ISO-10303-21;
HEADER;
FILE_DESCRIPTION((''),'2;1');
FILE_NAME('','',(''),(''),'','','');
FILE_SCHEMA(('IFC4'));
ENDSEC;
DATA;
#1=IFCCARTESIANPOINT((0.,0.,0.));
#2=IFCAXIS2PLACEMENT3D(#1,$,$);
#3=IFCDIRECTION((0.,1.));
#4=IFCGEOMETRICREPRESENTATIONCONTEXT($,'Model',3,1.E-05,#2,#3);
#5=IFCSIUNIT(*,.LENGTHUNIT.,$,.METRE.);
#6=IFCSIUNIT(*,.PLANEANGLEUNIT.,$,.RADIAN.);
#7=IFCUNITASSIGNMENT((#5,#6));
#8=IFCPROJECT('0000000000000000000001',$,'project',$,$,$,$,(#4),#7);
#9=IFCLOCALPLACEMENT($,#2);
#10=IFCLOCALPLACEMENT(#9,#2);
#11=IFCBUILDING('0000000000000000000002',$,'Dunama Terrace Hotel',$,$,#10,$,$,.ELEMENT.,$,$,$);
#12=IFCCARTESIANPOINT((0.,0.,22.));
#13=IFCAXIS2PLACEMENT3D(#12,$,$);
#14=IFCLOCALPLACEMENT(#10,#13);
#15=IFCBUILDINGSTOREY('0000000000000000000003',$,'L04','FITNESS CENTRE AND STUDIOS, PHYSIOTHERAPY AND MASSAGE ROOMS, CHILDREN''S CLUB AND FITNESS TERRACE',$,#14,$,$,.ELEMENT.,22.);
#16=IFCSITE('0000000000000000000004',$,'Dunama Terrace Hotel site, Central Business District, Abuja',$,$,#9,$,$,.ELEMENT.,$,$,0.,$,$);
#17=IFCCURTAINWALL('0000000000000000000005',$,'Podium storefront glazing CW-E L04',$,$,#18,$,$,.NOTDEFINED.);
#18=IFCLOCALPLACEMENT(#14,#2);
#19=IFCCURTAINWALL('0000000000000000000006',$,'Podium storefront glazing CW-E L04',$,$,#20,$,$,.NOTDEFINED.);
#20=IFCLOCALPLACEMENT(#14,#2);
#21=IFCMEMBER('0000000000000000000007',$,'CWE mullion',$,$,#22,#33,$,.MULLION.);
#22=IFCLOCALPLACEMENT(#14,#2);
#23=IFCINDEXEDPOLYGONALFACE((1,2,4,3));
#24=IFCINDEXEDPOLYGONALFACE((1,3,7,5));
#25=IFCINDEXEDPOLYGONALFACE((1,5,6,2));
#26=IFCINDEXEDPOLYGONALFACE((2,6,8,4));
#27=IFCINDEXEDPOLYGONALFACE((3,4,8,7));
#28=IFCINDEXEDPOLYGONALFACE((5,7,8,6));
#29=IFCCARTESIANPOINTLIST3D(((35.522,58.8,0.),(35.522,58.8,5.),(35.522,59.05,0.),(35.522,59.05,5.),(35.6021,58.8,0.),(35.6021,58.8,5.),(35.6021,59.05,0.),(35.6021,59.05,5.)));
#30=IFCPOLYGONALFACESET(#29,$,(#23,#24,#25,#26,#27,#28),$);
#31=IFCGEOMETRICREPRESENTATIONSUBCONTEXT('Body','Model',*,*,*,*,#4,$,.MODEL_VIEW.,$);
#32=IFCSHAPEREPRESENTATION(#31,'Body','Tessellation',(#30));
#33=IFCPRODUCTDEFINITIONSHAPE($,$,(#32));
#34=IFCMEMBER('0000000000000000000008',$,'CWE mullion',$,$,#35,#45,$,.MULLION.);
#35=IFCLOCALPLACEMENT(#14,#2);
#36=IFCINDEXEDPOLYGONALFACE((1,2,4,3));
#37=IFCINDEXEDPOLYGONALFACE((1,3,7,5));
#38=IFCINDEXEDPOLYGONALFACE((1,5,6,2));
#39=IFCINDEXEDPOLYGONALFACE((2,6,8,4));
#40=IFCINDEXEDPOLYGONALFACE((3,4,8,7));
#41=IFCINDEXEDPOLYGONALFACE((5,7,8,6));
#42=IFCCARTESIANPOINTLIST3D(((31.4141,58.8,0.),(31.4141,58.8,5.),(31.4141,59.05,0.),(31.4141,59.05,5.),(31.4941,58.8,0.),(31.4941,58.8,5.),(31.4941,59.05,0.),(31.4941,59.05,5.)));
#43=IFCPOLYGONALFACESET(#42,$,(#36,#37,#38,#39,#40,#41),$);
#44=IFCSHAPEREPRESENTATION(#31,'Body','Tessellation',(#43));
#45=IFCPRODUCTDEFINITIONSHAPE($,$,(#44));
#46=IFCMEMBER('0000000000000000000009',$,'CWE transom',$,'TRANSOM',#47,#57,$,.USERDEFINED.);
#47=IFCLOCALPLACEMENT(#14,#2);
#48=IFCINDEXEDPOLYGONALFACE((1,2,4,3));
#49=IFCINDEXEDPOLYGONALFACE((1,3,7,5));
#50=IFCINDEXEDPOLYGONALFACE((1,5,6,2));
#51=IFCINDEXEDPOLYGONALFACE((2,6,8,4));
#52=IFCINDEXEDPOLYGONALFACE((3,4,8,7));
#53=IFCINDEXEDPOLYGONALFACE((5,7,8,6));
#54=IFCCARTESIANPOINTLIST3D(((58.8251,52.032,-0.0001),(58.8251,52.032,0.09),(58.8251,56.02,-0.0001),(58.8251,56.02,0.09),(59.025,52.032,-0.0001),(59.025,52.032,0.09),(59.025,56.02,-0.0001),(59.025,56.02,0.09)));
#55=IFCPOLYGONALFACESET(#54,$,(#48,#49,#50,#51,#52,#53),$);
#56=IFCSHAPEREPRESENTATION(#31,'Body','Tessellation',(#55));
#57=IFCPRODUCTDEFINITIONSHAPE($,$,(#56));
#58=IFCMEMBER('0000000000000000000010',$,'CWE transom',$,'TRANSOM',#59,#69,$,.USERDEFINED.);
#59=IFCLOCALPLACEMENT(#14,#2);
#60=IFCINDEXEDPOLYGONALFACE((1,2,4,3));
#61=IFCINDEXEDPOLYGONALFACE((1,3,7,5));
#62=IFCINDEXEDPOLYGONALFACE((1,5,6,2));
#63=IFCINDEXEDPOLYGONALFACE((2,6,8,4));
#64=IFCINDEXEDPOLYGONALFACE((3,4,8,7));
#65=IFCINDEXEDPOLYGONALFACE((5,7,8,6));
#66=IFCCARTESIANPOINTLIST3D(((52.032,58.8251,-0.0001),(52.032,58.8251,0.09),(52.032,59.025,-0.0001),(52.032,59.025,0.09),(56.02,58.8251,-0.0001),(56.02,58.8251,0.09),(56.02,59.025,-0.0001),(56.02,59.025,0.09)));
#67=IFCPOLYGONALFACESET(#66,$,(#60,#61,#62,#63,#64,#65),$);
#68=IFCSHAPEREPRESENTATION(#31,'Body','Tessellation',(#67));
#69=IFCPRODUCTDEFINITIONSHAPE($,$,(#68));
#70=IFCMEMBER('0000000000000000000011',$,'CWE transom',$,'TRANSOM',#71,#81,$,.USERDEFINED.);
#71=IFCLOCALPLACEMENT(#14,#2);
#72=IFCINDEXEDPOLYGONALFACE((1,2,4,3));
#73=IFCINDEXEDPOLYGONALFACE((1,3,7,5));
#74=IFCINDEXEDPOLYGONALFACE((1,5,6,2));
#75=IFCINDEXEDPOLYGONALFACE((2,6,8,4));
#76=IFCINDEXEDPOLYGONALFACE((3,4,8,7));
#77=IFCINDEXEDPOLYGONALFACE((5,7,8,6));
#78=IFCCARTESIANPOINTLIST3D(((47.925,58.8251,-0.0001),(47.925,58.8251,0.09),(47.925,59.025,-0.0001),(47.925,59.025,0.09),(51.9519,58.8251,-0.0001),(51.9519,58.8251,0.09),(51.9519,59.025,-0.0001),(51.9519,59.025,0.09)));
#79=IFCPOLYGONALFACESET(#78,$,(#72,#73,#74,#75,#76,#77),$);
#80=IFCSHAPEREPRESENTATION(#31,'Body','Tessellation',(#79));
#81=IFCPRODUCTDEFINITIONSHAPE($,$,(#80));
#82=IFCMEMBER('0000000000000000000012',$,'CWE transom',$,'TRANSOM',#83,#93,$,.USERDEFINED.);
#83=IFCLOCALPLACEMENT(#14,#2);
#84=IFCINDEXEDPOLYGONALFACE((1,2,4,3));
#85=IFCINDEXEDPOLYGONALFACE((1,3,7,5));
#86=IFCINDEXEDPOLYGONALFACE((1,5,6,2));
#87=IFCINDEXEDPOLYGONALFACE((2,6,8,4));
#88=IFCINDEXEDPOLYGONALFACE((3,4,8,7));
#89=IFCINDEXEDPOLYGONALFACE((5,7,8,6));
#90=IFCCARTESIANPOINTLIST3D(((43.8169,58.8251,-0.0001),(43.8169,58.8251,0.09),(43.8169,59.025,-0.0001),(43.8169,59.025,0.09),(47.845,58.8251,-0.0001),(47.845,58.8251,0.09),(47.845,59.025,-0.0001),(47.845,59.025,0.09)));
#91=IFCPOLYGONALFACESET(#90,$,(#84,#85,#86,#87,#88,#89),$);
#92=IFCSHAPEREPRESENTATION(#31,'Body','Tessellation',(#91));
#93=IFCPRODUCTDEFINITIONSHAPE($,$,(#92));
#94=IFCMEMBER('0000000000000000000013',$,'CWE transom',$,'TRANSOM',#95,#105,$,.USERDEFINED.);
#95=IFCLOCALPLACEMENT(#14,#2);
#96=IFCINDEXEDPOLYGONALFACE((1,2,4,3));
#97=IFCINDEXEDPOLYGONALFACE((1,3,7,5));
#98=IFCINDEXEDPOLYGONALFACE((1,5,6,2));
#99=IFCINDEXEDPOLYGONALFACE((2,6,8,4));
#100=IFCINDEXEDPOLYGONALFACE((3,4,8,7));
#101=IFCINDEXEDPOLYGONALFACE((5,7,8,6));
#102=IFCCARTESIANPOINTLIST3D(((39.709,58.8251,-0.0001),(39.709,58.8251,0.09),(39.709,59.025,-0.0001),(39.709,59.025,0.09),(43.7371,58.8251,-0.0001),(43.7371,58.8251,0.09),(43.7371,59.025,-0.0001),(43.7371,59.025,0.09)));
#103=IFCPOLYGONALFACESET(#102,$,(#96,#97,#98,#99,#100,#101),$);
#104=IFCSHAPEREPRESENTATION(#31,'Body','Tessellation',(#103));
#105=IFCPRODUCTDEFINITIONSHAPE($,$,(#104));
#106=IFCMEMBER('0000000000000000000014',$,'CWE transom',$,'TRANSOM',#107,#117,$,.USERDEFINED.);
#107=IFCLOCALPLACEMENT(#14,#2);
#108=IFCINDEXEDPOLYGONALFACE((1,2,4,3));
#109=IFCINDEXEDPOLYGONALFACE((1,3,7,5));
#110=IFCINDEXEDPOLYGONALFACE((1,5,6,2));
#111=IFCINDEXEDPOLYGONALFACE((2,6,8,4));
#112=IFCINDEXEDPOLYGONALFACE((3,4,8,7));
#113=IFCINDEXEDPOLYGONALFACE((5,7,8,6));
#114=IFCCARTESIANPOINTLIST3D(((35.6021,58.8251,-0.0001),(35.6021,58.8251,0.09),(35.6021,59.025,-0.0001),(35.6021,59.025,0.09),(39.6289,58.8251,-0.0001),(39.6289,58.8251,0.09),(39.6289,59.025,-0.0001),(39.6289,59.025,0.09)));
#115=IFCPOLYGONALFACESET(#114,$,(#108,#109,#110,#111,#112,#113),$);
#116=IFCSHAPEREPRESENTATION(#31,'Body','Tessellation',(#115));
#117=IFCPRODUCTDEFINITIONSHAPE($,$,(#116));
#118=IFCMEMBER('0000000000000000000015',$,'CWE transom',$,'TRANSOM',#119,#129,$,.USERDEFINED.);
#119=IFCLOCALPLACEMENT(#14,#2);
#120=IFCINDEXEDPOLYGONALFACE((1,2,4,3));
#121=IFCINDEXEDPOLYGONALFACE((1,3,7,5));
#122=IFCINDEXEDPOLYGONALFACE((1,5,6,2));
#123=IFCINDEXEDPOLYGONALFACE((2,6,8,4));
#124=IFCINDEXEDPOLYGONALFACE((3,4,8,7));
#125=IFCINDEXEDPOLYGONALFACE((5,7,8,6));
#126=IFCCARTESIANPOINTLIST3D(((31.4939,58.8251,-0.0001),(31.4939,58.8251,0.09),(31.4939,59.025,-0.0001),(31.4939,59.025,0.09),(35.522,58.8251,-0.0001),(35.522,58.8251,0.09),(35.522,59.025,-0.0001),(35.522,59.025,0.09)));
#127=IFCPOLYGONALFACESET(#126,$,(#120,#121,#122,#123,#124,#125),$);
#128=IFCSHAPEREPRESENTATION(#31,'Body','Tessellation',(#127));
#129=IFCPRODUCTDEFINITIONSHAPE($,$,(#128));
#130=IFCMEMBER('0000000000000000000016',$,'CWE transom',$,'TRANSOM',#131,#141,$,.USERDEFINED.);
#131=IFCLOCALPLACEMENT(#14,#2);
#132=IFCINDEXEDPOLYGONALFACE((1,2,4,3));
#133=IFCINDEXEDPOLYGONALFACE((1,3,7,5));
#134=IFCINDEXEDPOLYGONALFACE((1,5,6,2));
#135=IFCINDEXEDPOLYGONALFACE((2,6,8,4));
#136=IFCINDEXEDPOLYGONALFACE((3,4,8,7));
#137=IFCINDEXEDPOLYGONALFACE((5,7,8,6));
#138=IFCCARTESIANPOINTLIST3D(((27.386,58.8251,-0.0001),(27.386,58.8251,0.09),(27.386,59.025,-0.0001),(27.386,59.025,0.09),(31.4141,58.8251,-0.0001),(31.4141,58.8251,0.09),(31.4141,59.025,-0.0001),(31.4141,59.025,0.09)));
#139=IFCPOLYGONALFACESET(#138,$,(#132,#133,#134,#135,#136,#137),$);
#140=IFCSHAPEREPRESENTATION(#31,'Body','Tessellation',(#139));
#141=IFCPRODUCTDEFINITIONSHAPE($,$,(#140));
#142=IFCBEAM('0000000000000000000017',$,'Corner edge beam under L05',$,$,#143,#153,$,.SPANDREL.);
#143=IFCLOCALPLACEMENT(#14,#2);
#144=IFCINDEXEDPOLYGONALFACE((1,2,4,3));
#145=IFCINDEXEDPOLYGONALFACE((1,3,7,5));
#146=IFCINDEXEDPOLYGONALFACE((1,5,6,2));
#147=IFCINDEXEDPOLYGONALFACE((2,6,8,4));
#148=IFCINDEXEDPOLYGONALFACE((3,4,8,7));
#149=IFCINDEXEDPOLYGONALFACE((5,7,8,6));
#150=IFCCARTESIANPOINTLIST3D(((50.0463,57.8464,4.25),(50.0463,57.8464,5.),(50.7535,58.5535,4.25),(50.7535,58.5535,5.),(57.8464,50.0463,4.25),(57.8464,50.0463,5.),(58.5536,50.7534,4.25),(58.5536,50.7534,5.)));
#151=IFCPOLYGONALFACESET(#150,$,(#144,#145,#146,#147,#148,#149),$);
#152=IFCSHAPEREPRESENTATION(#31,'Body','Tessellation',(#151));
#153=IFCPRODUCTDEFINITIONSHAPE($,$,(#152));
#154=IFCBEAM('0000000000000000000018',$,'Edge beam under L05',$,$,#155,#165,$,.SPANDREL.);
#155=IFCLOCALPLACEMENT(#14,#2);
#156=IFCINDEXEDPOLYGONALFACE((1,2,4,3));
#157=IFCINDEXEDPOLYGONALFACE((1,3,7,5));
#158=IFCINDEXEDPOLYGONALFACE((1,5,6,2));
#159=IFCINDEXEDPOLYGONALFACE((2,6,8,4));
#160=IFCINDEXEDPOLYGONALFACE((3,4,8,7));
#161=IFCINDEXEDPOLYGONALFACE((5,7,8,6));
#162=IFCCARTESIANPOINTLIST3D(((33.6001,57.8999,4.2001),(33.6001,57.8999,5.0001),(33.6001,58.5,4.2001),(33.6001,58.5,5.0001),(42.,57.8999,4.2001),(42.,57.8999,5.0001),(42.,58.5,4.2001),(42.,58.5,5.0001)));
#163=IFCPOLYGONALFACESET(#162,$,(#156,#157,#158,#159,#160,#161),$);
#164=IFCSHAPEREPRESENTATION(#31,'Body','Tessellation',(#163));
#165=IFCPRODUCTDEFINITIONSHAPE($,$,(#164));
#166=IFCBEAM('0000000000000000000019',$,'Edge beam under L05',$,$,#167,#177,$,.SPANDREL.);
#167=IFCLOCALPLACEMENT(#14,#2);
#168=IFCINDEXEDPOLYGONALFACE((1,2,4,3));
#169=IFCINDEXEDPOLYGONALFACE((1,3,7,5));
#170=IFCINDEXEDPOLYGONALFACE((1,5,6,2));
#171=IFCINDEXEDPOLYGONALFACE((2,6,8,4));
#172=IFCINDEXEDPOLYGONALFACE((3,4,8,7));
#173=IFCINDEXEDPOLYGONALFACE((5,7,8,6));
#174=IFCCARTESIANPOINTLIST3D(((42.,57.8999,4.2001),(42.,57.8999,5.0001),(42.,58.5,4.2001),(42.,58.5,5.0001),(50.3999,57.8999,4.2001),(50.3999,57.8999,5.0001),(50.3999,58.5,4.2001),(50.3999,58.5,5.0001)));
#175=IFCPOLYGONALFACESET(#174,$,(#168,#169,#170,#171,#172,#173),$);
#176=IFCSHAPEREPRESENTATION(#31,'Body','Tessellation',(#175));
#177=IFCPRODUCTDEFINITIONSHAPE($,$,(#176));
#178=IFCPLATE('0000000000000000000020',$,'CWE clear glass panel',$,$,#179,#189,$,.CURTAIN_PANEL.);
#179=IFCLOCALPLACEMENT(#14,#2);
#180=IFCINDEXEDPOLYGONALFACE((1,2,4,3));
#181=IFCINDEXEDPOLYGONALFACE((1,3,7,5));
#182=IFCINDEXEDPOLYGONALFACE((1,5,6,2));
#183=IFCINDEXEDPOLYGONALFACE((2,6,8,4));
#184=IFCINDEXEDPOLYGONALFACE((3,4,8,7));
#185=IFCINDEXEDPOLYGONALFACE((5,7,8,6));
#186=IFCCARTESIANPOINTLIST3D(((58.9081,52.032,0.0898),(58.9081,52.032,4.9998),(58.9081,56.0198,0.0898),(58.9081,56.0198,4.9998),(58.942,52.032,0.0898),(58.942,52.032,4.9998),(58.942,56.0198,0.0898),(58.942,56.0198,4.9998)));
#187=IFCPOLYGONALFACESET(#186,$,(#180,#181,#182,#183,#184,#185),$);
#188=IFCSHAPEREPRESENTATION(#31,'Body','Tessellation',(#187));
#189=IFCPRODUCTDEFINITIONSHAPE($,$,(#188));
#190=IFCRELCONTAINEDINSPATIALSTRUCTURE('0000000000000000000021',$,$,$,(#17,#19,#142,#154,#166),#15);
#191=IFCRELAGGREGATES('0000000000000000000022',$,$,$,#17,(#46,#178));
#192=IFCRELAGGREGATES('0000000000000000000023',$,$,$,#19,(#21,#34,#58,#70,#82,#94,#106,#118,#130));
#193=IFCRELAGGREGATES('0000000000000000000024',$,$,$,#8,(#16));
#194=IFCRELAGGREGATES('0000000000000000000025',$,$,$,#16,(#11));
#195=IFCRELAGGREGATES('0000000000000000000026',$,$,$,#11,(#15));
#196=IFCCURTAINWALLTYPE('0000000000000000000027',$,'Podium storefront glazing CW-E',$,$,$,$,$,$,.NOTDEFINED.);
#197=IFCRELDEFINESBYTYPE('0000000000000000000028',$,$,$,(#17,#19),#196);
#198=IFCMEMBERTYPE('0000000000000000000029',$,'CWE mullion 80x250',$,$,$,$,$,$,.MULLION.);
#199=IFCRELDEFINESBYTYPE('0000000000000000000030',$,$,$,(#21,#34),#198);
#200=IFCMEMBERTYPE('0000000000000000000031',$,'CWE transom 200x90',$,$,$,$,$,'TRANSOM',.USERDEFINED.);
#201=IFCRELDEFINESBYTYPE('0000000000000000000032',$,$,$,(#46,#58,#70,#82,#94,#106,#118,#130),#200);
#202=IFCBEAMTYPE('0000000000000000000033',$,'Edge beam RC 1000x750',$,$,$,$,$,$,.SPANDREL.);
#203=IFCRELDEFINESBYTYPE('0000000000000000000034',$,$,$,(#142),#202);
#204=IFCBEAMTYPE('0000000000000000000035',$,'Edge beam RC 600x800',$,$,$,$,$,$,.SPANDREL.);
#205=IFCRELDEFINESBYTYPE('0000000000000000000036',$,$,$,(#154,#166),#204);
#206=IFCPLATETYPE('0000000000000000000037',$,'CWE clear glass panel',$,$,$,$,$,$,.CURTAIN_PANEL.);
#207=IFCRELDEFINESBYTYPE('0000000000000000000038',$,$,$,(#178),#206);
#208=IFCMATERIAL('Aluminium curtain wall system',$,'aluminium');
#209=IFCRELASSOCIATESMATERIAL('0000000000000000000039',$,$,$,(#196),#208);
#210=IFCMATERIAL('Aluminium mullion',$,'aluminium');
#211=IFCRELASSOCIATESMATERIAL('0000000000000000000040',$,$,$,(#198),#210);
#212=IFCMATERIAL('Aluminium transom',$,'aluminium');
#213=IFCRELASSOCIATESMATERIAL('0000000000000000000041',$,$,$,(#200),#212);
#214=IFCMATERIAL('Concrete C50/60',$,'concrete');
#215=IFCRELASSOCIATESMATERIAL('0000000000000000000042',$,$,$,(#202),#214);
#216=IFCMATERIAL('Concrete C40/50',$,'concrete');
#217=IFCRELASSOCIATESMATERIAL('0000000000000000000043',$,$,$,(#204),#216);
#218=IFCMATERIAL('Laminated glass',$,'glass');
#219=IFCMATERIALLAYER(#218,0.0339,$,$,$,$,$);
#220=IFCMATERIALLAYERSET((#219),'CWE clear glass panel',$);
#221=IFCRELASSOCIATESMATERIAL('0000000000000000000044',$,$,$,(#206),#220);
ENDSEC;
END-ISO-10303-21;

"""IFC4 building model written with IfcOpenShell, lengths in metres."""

from ifc_helpers import new_model, si_unit, direction, frame, origin, origin_2d, place, context, subcontext, project, spatial, rectangle, extrude, material, layer, layer_set, material_profile, profile_set, type_object, element, aggregate, save


model = new_model("IFC4")

# Units and contexts
model_context = context("Model", 3, precision=1e-05, world=origin(), true_north=direction((0.0, 1.0)))
body_context = subcontext(model_context, "Body", "Model", "MODEL_VIEW")
ifc_project = project(units=[si_unit("LENGTHUNIT", "METRE"), si_unit("PLANEANGLEUNIT", "RADIAN")], contexts=[model_context])

# Site, building, storey
site_placement = place(None, origin())
site = spatial("IfcSite", under=ifc_project, at=site_placement, Name="Dunama Terrace Hotel site, Central Business District, Abuja", CompositionType="ELEMENT", RefElevation=0.0)
building_placement = place(site_placement, origin())
building = spatial("IfcBuilding", under=site, at=building_placement, Name="Dunama Terrace Hotel", CompositionType="ELEMENT")
storey_placement = place(building_placement, frame((0.0, 0.0, 22.0)))
storey = spatial("IfcBuildingStorey", under=building, at=storey_placement, Name="L04", Description="FITNESS CENTRE AND STUDIOS, PHYSIOTHERAPY AND MASSAGE ROOMS, CHILDREN'S CLUB AND FITNESS TERRACE", CompositionType="ELEMENT", Elevation=22.0)

# Curtain walls, members
ifc_material_1 = material(Name="Aluminium curtain wall system", Category="aluminium")
curtain_wall_type = type_object("IfcCurtainWallType", Name="Podium storefront glazing CW-E", PredefinedType="NOTDEFINED", material=ifc_material_1)
curtain_wall_1_placement = place(storey_placement, origin())
curtain_wall_1 = element("IfcCurtainWall", 1, at=curtain_wall_1_placement, inside=storey, type_object=curtain_wall_type, Name="Podium storefront glazing CW-E L04", PredefinedType="NOTDEFINED")
ifc_material_2 = material(Name="Aluminium mullion", Category="aluminium")
ifc_material_profile_1 = material_profile(ifc_material_2, rectangle(XDim=0.0801, YDim=0.25, at=origin_2d()), Name="CWE MULLION 80X250")
ifc_profile_set_1 = profile_set([ifc_material_profile_1], Name="Aluminium mullion")
member_type_1 = type_object("IfcMemberType", Name="CWE mullion 80x250", PredefinedType="MULLION", material=ifc_profile_set_1)
curtain_wall_2_placement = place(storey_placement, origin())
curtain_wall_2 = element("IfcCurtainWall", 2, at=curtain_wall_2_placement, inside=storey, type_object=curtain_wall_type, Name="Podium storefront glazing CW-E L04", PredefinedType="NOTDEFINED")
member_1_placement = place(storey_placement, frame((35.562, 58.925, 0.0), z_axis=(0.0, 0.0, 1.0), x_axis=(-1.0, 0.0, 0.0)))
member_1 = element("IfcMember", 3, at=member_1_placement, type_object=member_type_1, Name="CWE mullion", PredefinedType="MULLION", context=body_context, shape_type="SweptSolid", body=[
    extrude(rectangle(XDim=0.0801, YDim=0.25, at=origin_2d()), origin(), (0.0, 0.0, 1.0), 5.0),
])
member_2_placement = place(storey_placement, frame((31.4541, 58.925, 0.0), z_axis=(0.0, 0.0, 1.0), x_axis=(-1.0, 0.0, 0.0)))
member_2 = element("IfcMember", 4, at=member_2_placement, type_object=member_type_1, Name="CWE mullion", PredefinedType="MULLION", context=body_context, shape_type="SweptSolid", body=[
    extrude(rectangle(XDim=0.0801, YDim=0.25, at=origin_2d()), origin(), (0.0, 0.0, 1.0), 5.0),
])

# Members
ifc_material_3 = material(Name="Aluminium transom", Category="aluminium")
ifc_material_profile_2 = material_profile(ifc_material_3, rectangle(XDim=0.2, YDim=0.0901, at=origin_2d()), Name="CWE TRANSOM 200X90")
ifc_profile_set_2 = profile_set([ifc_material_profile_2], Name="Aluminium transom")
member_type_2 = type_object("IfcMemberType", Name="CWE transom 200x90", ElementType="TRANSOM", PredefinedType="USERDEFINED", material=ifc_profile_set_2)
member_3_placement = place(storey_placement, frame((58.925, 52.032, 0.0449), z_axis=(0.0, 1.0, 0.0), x_axis=(-1.0, 0.0, 0.0)))
member_3 = element("IfcMember", 5, at=member_3_placement, type_object=member_type_2, Name="CWE transom", ObjectType="TRANSOM", PredefinedType="USERDEFINED", context=body_context, shape_type="SweptSolid", body=[
    extrude(rectangle(XDim=0.2, YDim=0.0901, at=origin_2d()), origin(), (0.0, 0.0, 1.0), 3.988),
])
member_4_placement = place(storey_placement, frame((56.02, 58.925, 0.0449), z_axis=(-1.0, 0.0, 0.0), x_axis=(0.0, -1.0, 0.0)))
member_4 = element("IfcMember", 6, at=member_4_placement, type_object=member_type_2, Name="CWE transom", ObjectType="TRANSOM", PredefinedType="USERDEFINED", context=body_context, shape_type="SweptSolid", body=[
    extrude(rectangle(XDim=0.2, YDim=0.0901, at=origin_2d()), origin(), (0.0, 0.0, 1.0), 3.988),
])
member_5_placement = place(storey_placement, frame((51.9519, 58.925, 0.0449), z_axis=(-1.0, 0.0, 0.0), x_axis=(0.0, -1.0, 0.0)))
member_5 = element("IfcMember", 7, at=member_5_placement, type_object=member_type_2, Name="CWE transom", ObjectType="TRANSOM", PredefinedType="USERDEFINED", context=body_context, shape_type="SweptSolid", body=[
    extrude(rectangle(XDim=0.2, YDim=0.0901, at=origin_2d()), origin(), (0.0, 0.0, 1.0), 4.0269),
])
member_6_placement = place(storey_placement, frame((47.845, 58.925, 0.0449), z_axis=(-1.0, 0.0, 0.0), x_axis=(0.0, -1.0, 0.0)))
member_6 = element("IfcMember", 8, at=member_6_placement, type_object=member_type_2, Name="CWE transom", ObjectType="TRANSOM", PredefinedType="USERDEFINED", context=body_context, shape_type="SweptSolid", body=[
    extrude(rectangle(XDim=0.2, YDim=0.0901, at=origin_2d()), origin(), (0.0, 0.0, 1.0), 4.0281),
])
member_7_placement = place(storey_placement, frame((43.7371, 58.925, 0.0449), z_axis=(-1.0, 0.0, 0.0), x_axis=(0.0, -1.0, 0.0)))
member_7 = element("IfcMember", 9, at=member_7_placement, type_object=member_type_2, Name="CWE transom", ObjectType="TRANSOM", PredefinedType="USERDEFINED", context=body_context, shape_type="SweptSolid", body=[
    extrude(rectangle(XDim=0.2, YDim=0.0901, at=origin_2d()), origin(), (0.0, 0.0, 1.0), 4.0281),
])
member_8_placement = place(storey_placement, frame((39.6289, 58.925, 0.0449), z_axis=(-1.0, 0.0, 0.0), x_axis=(0.0, -1.0, 0.0)))
member_8 = element("IfcMember", 10, at=member_8_placement, type_object=member_type_2, Name="CWE transom", ObjectType="TRANSOM", PredefinedType="USERDEFINED", context=body_context, shape_type="SweptSolid", body=[
    extrude(rectangle(XDim=0.2, YDim=0.0901, at=origin_2d()), origin(), (0.0, 0.0, 1.0), 4.0269),
])
member_9_placement = place(storey_placement, frame((35.522, 58.925, 0.0449), z_axis=(-1.0, 0.0, 0.0), x_axis=(0.0, -1.0, 0.0)))
member_9 = element("IfcMember", 11, at=member_9_placement, type_object=member_type_2, Name="CWE transom", ObjectType="TRANSOM", PredefinedType="USERDEFINED", context=body_context, shape_type="SweptSolid", body=[
    extrude(rectangle(XDim=0.2, YDim=0.0901, at=origin_2d()), origin(), (0.0, 0.0, 1.0), 4.0281),
])
member_10_placement = place(storey_placement, frame((31.4141, 58.925, 0.0449), z_axis=(-1.0, 0.0, 0.0), x_axis=(0.0, -1.0, 0.0)))
member_10 = element("IfcMember", 12, at=member_10_placement, type_object=member_type_2, Name="CWE transom", ObjectType="TRANSOM", PredefinedType="USERDEFINED", context=body_context, shape_type="SweptSolid", body=[
    extrude(rectangle(XDim=0.2, YDim=0.0901, at=origin_2d()), origin(), (0.0, 0.0, 1.0), 4.0281),
])

# Beams
ifc_material_4 = material(Name="Concrete C50/60", Category="concrete")
ifc_material_profile_3 = material_profile(ifc_material_4, rectangle(XDim=1.0, YDim=0.75, at=origin_2d()), Name="RC 1000x750")
ifc_profile_set_3 = profile_set([ifc_material_profile_3], Name="Concrete C50/60")
beam_type_1 = type_object("IfcBeamType", Name="Edge beam RC 1000x750", PredefinedType="SPANDREL", material=ifc_profile_set_3)
beam_placement = place(storey_placement, frame((50.3999, 58.2, 4.625), z_axis=(0.707107, -0.707107, 0.0), x_axis=(0.707107, 0.707107, 0.0)))
element("IfcBeam", 13, at=beam_placement, inside=storey, type_object=beam_type_1, Name="Corner edge beam under L05", PredefinedType="SPANDREL", context=body_context, shape_type="SweptSolid", body=[
    extrude(rectangle(XDim=1.0, YDim=0.75, at=origin_2d()), origin(), (0.0, 0.0, 1.0), 11.031),
])
ifc_material_5 = material(Name="Concrete C40/50", Category="concrete")
ifc_material_profile_4 = material_profile(ifc_material_5, rectangle(XDim=0.6001, YDim=0.8, at=origin_2d()), Name="RC 600x800")
ifc_profile_set_4 = profile_set([ifc_material_profile_4], Name="Concrete C40/50")
beam_type_2 = type_object("IfcBeamType", Name="Edge beam RC 600x800", PredefinedType="SPANDREL", material=ifc_profile_set_4)
for number, where, z_axis, x_axis, name in (
    (14, (33.6001, 58.2, 4.6001), (1.0, 0.0, 0.0), (0.0, 1.0, 0.0), "Edge beam under L05"),
    (15, (42.0, 58.2, 4.6001), (1.0, 0.0, 0.0), (0.0, 1.0, 0.0), "Edge beam under L05"),
):
    element("IfcBeam", number, at=place(storey_placement, frame(where, z_axis=z_axis, x_axis=x_axis)), inside=storey, type_object=beam_type_2, Name=name, PredefinedType="SPANDREL", context=body_context, shape_type="SweptSolid", body=[
        extrude(rectangle(XDim=0.6001, YDim=0.8, at=origin_2d()), origin(), (0.0, 0.0, 1.0), 8.3999),
    ])

# Plate
ifc_material_6 = material(Name="Laminated glass", Category="glass")
ifc_layer_1 = layer(ifc_material_6, 0.0339)
ifc_layer_set_1 = layer_set([ifc_layer_1], Name="CWE clear glass panel")
plate_type_1 = type_object("IfcPlateType", Name="CWE clear glass panel", PredefinedType="CURTAIN_PANEL", material=ifc_layer_set_1)
plate_1_placement = place(storey_placement, frame((58.925, 54.0259, 0.0898), z_axis=(0.0, 0.0, 1.0), x_axis=(0.0, 1.0, 0.0)))
plate_1 = element("IfcPlate", 16, at=plate_1_placement, type_object=plate_type_1, Name="CWE clear glass panel", PredefinedType="CURTAIN_PANEL", context=body_context, shape_type="SweptSolid", body=[
    extrude(rectangle(XDim=3.9878, YDim=0.0339, at=origin_2d()), origin(), (0.0, 0.0, 1.0), 4.9099),
])
aggregate(curtain_wall_1, [member_3, plate_1])
aggregate(curtain_wall_2, [member_1, member_2, member_4, member_5, member_6, member_7, member_8, member_9, member_10])

save(model, "model.ifc")
